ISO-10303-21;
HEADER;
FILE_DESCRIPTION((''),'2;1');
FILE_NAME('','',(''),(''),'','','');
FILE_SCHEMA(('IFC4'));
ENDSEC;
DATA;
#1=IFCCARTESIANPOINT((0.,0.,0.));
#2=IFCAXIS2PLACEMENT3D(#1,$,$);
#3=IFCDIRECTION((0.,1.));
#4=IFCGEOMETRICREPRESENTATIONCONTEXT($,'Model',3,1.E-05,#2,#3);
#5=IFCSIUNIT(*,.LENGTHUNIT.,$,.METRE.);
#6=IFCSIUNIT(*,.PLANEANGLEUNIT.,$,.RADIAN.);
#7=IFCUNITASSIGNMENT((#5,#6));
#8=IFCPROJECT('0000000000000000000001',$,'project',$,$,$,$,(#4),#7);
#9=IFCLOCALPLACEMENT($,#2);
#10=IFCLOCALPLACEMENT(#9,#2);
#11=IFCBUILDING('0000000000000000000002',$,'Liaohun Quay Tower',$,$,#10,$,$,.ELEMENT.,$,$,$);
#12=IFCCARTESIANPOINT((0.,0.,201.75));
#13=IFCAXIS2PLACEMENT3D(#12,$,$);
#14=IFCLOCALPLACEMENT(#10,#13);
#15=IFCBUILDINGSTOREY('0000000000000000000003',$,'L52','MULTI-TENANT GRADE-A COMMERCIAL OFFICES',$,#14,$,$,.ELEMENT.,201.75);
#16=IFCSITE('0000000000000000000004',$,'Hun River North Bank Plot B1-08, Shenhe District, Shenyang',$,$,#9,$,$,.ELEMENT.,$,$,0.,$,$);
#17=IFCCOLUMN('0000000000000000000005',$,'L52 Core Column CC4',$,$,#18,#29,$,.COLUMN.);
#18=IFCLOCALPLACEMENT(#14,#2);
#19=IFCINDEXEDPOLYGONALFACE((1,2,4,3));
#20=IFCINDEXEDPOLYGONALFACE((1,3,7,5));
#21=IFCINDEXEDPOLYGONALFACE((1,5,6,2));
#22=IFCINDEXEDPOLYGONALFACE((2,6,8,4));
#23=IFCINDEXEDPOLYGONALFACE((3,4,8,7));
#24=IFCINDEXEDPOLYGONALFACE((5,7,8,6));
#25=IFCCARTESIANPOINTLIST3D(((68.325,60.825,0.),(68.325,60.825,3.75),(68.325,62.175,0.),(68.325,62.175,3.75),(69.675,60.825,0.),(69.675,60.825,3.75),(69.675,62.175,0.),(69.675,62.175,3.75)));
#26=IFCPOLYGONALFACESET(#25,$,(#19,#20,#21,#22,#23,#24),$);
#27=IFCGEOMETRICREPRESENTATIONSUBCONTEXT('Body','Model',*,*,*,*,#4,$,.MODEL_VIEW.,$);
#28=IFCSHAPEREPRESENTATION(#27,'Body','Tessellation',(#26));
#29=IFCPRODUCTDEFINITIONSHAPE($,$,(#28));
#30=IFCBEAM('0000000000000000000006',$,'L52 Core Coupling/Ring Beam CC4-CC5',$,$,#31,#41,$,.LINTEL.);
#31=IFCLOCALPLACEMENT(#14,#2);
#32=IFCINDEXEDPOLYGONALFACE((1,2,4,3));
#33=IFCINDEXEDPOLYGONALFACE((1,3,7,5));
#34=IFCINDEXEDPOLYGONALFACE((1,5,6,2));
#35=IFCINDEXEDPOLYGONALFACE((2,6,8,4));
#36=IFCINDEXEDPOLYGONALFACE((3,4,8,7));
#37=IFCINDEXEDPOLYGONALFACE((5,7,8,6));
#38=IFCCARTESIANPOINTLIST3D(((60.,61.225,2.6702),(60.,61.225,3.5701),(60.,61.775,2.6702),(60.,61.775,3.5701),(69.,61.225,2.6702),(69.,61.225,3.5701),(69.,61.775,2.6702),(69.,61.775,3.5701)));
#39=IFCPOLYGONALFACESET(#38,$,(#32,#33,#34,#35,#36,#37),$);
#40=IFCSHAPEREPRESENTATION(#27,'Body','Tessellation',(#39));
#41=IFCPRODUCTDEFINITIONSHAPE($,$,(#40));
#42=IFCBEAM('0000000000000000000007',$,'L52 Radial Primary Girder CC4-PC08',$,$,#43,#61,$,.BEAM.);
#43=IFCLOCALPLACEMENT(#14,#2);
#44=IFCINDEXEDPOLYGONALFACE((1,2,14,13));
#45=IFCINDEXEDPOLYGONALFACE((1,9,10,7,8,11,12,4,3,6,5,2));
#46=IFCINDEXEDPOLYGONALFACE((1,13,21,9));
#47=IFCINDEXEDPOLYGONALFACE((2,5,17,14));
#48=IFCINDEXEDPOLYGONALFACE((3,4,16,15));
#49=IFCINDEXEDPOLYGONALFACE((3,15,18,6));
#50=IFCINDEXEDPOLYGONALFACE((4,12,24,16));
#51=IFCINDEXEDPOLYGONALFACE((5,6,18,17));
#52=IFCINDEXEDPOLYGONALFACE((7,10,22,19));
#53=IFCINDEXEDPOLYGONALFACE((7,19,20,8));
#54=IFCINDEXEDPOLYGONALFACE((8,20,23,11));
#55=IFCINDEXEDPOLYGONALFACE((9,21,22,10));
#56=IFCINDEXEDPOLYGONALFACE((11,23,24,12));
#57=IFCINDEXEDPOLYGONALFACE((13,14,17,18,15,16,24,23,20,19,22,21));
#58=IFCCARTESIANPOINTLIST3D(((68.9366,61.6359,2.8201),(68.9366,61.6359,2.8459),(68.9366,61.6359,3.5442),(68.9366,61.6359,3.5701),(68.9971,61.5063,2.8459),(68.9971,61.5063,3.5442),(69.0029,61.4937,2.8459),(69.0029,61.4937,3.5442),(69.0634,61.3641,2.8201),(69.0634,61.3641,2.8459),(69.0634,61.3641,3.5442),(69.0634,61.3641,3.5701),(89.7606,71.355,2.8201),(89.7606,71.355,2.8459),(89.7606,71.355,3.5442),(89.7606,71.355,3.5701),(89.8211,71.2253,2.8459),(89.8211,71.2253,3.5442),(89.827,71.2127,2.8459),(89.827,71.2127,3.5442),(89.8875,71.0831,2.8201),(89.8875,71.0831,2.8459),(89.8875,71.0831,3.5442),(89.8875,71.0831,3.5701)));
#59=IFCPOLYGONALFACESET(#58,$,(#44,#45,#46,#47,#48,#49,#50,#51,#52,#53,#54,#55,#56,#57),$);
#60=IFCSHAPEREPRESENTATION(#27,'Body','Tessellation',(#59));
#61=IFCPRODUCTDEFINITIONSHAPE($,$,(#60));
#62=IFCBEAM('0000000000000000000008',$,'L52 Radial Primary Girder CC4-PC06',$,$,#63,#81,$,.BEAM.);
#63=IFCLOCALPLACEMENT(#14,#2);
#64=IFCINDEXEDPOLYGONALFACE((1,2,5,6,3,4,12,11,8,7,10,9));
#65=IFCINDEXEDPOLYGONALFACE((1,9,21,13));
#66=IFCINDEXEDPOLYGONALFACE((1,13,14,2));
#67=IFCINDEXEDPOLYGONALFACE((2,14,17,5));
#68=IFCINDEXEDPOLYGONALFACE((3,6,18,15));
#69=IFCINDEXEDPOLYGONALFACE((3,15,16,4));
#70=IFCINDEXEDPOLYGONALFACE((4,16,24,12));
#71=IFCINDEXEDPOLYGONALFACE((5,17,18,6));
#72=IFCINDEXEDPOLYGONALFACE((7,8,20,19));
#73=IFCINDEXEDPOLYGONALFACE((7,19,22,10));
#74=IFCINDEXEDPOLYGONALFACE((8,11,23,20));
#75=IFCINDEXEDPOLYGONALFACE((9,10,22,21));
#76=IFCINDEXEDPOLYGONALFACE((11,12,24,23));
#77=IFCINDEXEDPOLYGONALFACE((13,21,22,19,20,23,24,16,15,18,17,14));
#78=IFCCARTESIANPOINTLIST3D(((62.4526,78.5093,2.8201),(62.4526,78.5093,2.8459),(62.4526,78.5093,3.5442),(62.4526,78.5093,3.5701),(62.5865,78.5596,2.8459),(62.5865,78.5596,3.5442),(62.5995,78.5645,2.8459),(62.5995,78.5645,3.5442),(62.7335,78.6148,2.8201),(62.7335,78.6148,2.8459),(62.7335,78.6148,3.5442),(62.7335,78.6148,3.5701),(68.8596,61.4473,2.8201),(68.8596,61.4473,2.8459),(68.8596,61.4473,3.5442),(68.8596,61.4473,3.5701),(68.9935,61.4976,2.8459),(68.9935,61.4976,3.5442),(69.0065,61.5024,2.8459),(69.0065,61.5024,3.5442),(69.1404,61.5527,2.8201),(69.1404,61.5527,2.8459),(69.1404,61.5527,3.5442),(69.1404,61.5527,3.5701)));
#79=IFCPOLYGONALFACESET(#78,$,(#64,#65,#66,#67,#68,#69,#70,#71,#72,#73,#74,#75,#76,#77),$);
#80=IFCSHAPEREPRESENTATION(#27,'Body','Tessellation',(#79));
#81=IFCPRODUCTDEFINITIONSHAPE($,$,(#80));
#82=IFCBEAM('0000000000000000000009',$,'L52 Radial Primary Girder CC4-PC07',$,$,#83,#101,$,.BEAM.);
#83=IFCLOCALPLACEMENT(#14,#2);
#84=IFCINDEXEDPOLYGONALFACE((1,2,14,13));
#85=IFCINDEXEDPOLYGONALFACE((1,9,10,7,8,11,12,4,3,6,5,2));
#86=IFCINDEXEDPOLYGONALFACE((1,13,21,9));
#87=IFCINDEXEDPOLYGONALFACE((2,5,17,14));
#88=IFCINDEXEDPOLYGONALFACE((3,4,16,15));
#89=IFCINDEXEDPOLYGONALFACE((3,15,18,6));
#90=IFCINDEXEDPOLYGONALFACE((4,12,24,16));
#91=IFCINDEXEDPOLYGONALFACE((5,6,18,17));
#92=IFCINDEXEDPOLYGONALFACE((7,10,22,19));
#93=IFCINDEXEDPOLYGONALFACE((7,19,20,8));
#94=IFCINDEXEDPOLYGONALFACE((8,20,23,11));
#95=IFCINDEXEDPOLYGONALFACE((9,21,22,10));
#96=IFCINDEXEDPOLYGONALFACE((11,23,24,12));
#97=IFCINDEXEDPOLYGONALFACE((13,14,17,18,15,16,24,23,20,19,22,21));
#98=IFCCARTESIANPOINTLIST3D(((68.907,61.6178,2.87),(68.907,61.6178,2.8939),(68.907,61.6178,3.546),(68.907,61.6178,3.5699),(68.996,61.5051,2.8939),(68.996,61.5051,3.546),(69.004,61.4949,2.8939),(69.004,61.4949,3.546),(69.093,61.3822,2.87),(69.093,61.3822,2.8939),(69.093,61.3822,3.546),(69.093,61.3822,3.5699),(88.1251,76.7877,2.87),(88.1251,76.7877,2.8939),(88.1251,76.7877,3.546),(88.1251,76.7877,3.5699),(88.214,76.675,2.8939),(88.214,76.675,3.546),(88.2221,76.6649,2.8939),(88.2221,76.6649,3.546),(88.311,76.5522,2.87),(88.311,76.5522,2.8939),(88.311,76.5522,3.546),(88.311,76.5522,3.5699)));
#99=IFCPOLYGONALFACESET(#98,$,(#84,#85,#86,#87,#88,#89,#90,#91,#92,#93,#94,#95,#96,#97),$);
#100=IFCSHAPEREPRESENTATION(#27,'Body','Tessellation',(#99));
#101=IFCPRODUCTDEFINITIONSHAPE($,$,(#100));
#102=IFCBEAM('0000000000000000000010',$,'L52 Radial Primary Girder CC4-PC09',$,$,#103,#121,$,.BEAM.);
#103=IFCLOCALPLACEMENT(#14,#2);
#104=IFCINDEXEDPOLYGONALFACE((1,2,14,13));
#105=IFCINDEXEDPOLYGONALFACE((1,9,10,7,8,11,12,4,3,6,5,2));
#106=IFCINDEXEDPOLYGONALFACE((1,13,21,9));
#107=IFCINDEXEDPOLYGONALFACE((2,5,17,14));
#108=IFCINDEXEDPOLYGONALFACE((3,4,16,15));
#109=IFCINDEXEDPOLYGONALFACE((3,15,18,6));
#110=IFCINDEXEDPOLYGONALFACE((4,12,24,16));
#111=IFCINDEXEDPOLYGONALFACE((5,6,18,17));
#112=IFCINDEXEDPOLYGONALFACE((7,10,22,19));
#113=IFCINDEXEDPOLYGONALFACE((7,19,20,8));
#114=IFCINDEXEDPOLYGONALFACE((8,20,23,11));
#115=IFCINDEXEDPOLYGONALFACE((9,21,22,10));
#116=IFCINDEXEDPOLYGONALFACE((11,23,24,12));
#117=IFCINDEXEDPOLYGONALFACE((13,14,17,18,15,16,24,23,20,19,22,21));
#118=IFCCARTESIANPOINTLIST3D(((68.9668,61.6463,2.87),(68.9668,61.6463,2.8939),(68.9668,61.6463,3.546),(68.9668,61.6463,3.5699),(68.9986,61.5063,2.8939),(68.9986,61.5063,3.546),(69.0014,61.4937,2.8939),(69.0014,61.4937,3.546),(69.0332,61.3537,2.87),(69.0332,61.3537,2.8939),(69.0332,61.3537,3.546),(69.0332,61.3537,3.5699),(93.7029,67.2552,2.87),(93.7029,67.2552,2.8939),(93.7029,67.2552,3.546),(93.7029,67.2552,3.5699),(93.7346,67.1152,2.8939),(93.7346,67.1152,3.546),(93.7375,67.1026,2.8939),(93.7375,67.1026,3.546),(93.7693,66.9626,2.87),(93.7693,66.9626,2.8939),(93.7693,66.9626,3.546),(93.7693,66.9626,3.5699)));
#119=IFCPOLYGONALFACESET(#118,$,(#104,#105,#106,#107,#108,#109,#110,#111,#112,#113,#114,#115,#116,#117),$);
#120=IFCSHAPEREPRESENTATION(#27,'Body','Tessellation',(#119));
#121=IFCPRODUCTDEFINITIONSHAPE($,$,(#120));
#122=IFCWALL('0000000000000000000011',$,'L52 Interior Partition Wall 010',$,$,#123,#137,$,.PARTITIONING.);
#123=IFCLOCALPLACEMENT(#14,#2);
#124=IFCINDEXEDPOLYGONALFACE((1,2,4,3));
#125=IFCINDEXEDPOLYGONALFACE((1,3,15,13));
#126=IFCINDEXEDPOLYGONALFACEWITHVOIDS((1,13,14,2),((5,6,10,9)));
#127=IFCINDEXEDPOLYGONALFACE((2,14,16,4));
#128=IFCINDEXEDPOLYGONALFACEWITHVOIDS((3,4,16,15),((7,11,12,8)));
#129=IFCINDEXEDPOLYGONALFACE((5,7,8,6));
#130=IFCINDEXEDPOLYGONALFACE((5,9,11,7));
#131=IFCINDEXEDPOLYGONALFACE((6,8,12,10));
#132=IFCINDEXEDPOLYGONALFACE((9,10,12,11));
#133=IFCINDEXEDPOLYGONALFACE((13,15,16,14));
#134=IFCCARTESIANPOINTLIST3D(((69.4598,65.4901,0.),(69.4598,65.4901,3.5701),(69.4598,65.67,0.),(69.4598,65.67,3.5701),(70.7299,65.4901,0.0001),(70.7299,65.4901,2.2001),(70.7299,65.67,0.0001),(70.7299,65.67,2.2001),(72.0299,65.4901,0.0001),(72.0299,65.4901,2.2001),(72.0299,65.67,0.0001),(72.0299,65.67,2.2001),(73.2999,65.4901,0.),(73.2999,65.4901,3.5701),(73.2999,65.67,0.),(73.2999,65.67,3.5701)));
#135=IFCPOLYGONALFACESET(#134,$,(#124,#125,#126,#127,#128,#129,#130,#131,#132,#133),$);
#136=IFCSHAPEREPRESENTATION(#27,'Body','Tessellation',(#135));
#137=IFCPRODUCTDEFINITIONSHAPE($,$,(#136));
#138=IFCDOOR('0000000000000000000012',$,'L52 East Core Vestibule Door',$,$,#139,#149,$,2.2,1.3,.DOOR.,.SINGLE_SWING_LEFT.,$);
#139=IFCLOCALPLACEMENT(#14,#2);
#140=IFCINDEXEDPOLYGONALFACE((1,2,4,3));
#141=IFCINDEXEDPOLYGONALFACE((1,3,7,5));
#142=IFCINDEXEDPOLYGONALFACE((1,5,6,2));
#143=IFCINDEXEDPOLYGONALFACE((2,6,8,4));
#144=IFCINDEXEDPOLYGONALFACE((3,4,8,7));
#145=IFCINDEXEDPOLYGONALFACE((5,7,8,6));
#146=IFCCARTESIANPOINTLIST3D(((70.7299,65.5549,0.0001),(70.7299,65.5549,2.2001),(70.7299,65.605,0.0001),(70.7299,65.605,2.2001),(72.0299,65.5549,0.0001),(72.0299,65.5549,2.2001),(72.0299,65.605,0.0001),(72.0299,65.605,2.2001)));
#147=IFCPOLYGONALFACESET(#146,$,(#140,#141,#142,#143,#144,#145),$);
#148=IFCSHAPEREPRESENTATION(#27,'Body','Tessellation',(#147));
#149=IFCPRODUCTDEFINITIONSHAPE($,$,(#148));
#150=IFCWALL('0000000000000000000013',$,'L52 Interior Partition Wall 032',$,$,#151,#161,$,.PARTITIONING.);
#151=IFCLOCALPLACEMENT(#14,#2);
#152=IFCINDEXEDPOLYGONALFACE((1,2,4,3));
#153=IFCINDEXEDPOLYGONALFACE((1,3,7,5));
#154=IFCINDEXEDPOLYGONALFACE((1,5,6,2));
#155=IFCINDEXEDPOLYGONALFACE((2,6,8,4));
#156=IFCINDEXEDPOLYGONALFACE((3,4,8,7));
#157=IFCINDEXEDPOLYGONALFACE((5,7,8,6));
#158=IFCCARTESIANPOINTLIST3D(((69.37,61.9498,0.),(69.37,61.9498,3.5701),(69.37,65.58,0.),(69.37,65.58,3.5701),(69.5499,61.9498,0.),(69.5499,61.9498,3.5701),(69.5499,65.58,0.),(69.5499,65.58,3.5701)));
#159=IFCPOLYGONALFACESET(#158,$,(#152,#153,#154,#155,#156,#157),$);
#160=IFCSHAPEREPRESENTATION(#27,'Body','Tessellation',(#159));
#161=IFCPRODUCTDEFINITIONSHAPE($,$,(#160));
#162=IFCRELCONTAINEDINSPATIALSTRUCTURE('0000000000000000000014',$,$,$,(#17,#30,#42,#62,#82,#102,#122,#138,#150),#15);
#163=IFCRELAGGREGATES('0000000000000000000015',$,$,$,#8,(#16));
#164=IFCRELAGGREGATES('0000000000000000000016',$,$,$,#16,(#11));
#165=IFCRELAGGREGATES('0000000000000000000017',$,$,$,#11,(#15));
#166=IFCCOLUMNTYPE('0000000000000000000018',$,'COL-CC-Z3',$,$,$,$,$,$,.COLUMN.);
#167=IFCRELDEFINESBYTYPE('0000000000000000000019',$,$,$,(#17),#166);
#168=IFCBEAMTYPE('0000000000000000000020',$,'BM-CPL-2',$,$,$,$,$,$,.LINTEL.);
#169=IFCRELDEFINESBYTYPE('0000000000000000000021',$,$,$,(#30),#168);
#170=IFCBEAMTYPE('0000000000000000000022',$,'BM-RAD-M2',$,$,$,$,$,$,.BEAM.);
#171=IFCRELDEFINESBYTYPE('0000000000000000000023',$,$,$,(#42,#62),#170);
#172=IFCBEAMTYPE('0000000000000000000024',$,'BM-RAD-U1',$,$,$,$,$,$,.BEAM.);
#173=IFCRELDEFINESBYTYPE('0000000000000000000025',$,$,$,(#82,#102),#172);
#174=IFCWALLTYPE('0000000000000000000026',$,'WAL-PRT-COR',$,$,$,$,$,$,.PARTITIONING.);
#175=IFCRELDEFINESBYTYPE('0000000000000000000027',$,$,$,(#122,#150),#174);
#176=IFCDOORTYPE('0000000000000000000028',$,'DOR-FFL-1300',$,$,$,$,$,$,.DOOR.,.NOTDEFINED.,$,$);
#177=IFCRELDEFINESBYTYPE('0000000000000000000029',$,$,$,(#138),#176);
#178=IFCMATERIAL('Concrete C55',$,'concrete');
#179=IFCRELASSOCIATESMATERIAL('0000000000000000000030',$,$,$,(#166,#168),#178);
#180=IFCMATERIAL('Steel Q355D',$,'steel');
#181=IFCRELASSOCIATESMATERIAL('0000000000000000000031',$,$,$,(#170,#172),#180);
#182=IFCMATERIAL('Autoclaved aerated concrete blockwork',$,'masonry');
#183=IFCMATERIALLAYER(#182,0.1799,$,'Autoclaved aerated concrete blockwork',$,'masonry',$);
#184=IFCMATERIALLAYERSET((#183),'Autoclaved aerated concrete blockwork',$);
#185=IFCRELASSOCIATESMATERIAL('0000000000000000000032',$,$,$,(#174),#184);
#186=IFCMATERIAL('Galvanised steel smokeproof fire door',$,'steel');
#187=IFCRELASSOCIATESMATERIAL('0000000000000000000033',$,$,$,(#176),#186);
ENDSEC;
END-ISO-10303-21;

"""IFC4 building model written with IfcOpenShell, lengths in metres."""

from ifc_helpers import new_model, si_unit, direction, frame, frame_2d, origin, origin_2d, place, context, subcontext, project, spatial, rectangle, i_section, extrude, source, transform, mapped, material, layer, layer_set, material_profile, profile_set, type_object, element, fill, save


model = new_model("IFC4")

# Units and contexts
model_context = context("Model", 3, precision=1e-05, world=origin(), true_north=direction((0.0, 1.0)))
body_context = subcontext(model_context, "Body", "Model", "MODEL_VIEW")
ifc_project = project(units=[si_unit("LENGTHUNIT", "METRE"), si_unit("PLANEANGLEUNIT", "RADIAN")], contexts=[model_context])

# Site, building, storey
site_placement = place(None, origin())
site = spatial("IfcSite", under=ifc_project, at=site_placement, Name="Hun River North Bank Plot B1-08, Shenhe District, Shenyang", CompositionType="ELEMENT", RefElevation=0.0)
building_placement = place(site_placement, origin())
building = spatial("IfcBuilding", under=site, at=building_placement, Name="Liaohun Quay Tower", CompositionType="ELEMENT")
storey_placement = place(building_placement, frame((0.0, 0.0, 201.75)))
storey = spatial("IfcBuildingStorey", under=building, at=storey_placement, Name="L52", Description="MULTI-TENANT GRADE-A COMMERCIAL OFFICES", CompositionType="ELEMENT", Elevation=201.75)

# Column
ifc_material_1 = material(Name="Concrete C55", Category="concrete")
ifc_material_profile_1 = material_profile(ifc_material_1, rectangle(XDim=1.3501, YDim=1.3501, at=origin_2d()), Name="RC1350x1350")
ifc_profile_set_1 = profile_set([ifc_material_profile_1], Name="Concrete C55")
column_type = type_object("IfcColumnType", Name="COL-CC-Z3", PredefinedType="COLUMN", material=ifc_profile_set_1)
shared_shape_1 = source(origin(), body_context, "Body", "SweptSolid", [
    extrude(rectangle(XDim=1.3501, YDim=1.3501, at=origin_2d()), origin(), (0.0, 0.0, 1.0), 3.75),
])
column_placement = place(storey_placement, frame((69.0, 61.5, 0.0), z_axis=(0.0, 0.0, 1.0), x_axis=(1.0, 0.0, 0.0)))
element("IfcColumn", 1, at=column_placement, inside=storey, type_object=column_type, Name="L52 Core Column CC4", PredefinedType="COLUMN", context=body_context, shape_type="MappedRepresentation", body=[
    mapped(shared_shape_1, transform((0.0, 0.0, 0.0), x_axis=(1.0, 0.0, 0.0), y_axis=(0.0, 1.0, 0.0), z_axis=(0.0, 0.0, 1.0), scale=1.0)),
])

# Beams
ifc_material_profile_2 = material_profile(ifc_material_1, rectangle(XDim=0.55, YDim=0.8999, at=origin_2d()), Name="RC550x900")
ifc_profile_set_2 = profile_set([ifc_material_profile_2], Name="Concrete C55")
beam_type_1 = type_object("IfcBeamType", Name="BM-CPL-2", PredefinedType="LINTEL", material=ifc_profile_set_2)
shared_shape_2 = source(origin(), body_context, "Body", "SweptSolid", [
    extrude(rectangle(XDim=0.55, YDim=0.8999, at=origin_2d()), origin(), (0.0, 0.0, 1.0), 9.0),
])
beam_1_placement = place(storey_placement, frame((69.0, 61.5, 3.1201), z_axis=(-1.0, 0.0, 0.0), x_axis=(0.0, -1.0, 0.0)))
element("IfcBeam", 2, at=beam_1_placement, inside=storey, type_object=beam_type_1, Name="L52 Core Coupling/Ring Beam CC4-CC5", PredefinedType="LINTEL", context=body_context, shape_type="MappedRepresentation", body=[
    mapped(shared_shape_2, transform((0.0, 0.0, 0.0), x_axis=(1.0, 0.0, 0.0), y_axis=(0.0, 1.0, 0.0), z_axis=(0.0, 0.0, 1.0), scale=1.0)),
])
ifc_material_2 = material(Name="Steel Q355D", Category="steel")
ifc_material_profile_3 = material_profile(ifc_material_2, i_section(OverallWidth=0.3, OverallDepth=0.75, WebThickness=0.0139, FlangeThickness=0.0259, at=origin_2d()), Name="HN750x300x14x26")
ifc_profile_set_3 = profile_set([ifc_material_profile_3], Name="Steel Q355D")
beam_type_2 = type_object("IfcBeamType", Name="BM-RAD-M2", PredefinedType="BEAM", material=ifc_profile_set_3)
shared_shape_3 = source(origin(), body_context, "Body", "SweptSolid", [
    extrude(i_section(OverallWidth=0.3, OverallDepth=0.75, WebThickness=0.0139, FlangeThickness=0.0259, at=origin_2d()), origin(), (0.0, 0.0, 1.0), 22.9805),
])
beam_2_placement = place(storey_placement, frame((69.0, 61.5, 3.1951), z_axis=(0.906164, 0.422926, 0.0), x_axis=(-0.422926, 0.906164, 0.0)))
element("IfcBeam", 3, at=beam_2_placement, inside=storey, type_object=beam_type_2, Name="L52 Radial Primary Girder CC4-PC08", PredefinedType="BEAM", context=body_context, shape_type="MappedRepresentation", body=[
    mapped(shared_shape_3, transform((0.0, 0.0, 0.0), x_axis=(1.0, 0.0, 0.0), y_axis=(0.0, 1.0, 0.0), z_axis=(0.0, 0.0, 1.0), scale=1.0)),
])
shared_shape_4 = source(origin(), body_context, "Body", "SweptSolid", [
    extrude(i_section(OverallWidth=0.3, OverallDepth=0.75, WebThickness=0.0139, FlangeThickness=0.0259, at=origin_2d()), origin(), (0.0, 0.0, 1.0), 18.2253),
])
beam_3_placement = place(storey_placement, frame((69.0, 61.5, 3.1951), z_axis=(-0.351543, 0.936172, 0.0), x_axis=(-0.936172, -0.351543, 0.0)))
element("IfcBeam", 4, at=beam_3_placement, inside=storey, type_object=beam_type_2, Name="L52 Radial Primary Girder CC4-PC06", PredefinedType="BEAM", context=body_context, shape_type="MappedRepresentation", body=[
    mapped(shared_shape_4, transform((0.0, 0.0, 0.0), x_axis=(1.0, 0.0, 0.0), y_axis=(0.0, 1.0, 0.0), z_axis=(0.0, 0.0, 1.0), scale=1.0)),
])
ifc_material_profile_4 = material_profile(ifc_material_2, i_section(OverallWidth=0.3, OverallDepth=0.7, WebThickness=0.0129, FlangeThickness=0.0239, at=origin_2d()), Name="HN700x300x13x24")
ifc_profile_set_4 = profile_set([ifc_material_profile_4], Name="Steel Q355D")
beam_type_3 = type_object("IfcBeamType", Name="BM-RAD-U1", PredefinedType="BEAM", material=ifc_profile_set_4)
shared_shape_5 = source(origin(), body_context, "Body", "SweptSolid", [
    extrude(i_section(OverallWidth=0.3, OverallDepth=0.7, WebThickness=0.0129, FlangeThickness=0.0239, at=origin_2d()), origin(), (0.0, 0.0, 1.0), 24.4839),
])
beam_4_placement = place(storey_placement, frame((69.0, 61.5, 3.22), z_axis=(0.784926, 0.619589, 0.0), x_axis=(-0.619589, 0.784926, 0.0)))
element("IfcBeam", 5, at=beam_4_placement, inside=storey, type_object=beam_type_3, Name="L52 Radial Primary Girder CC4-PC07", PredefinedType="BEAM", context=body_context, shape_type="MappedRepresentation", body=[
    mapped(shared_shape_5, transform((0.0, 0.0, 0.0), x_axis=(1.0, 0.0, 0.0), y_axis=(0.0, 1.0, 0.0), z_axis=(0.0, 0.0, 1.0), scale=1.0)),
])
shared_shape_6 = source(origin(), body_context, "Body", "SweptSolid", [
    extrude(i_section(OverallWidth=0.3, OverallDepth=0.7, WebThickness=0.0129, FlangeThickness=0.0239, at=origin_2d()), origin(), (0.0, 0.0, 1.0), 25.364),
])
beam_5_placement = place(storey_placement, frame((69.0, 61.5, 3.22), z_axis=(0.975243, 0.221136, 0.0), x_axis=(-0.221136, 0.975243, 0.0)))
element("IfcBeam", 6, at=beam_5_placement, inside=storey, type_object=beam_type_3, Name="L52 Radial Primary Girder CC4-PC09", PredefinedType="BEAM", context=body_context, shape_type="MappedRepresentation", body=[
    mapped(shared_shape_6, transform((0.0, 0.0, 0.0), x_axis=(1.0, 0.0, 0.0), y_axis=(0.0, 1.0, 0.0), z_axis=(0.0, 0.0, 1.0), scale=1.0)),
])

# Wall, opening, door
ifc_material_3 = material(Name="Autoclaved aerated concrete blockwork", Category="masonry")
ifc_layer_1 = layer(ifc_material_3, 0.1799, Name="Autoclaved aerated concrete blockwork", Category="masonry")
ifc_layer_set_1 = layer_set([ifc_layer_1], Name="Autoclaved aerated concrete blockwork")
wall_type_1 = type_object("IfcWallType", Name="WAL-PRT-COR", PredefinedType="PARTITIONING", material=ifc_layer_set_1)
wall_1_placement = place(storey_placement, frame((69.46, 65.5801, 0.0), z_axis=(0.0, 0.0, 1.0), x_axis=(1.0, 0.0, 0.0)))
wall_1 = element("IfcWall", 7, at=wall_1_placement, inside=storey, type_object=wall_type_1, Name="L52 Interior Partition Wall 010", PredefinedType="PARTITIONING", context=body_context, shape_type="SweptSolid", body=[
    extrude(rectangle(XDim=3.8401, YDim=0.1799, at=frame_2d((1.9199, 0.0))), origin(), (0.0, 0.0, 1.0), 3.5701),
])
shared_shape_7 = source(origin(), body_context, "Body", "SweptSolid", [
    extrude(rectangle(XDim=1.3, YDim=2.2, at=frame_2d((0.6499, 1.1001))), frame((0.0, 0.0999, 0.0), z_axis=(0.0, -1.0, 0.0), x_axis=(1.0, 0.0, 0.0)), (0.0, 0.0, 1.0), 0.2),
])
opening_1_placement = place(wall_1_placement, frame((1.27, 0.0, 0.0)))
opening_1 = element("IfcOpeningElement", 8, at=opening_1_placement, cuts=wall_1, PredefinedType="OPENING", context=body_context, shape_type="MappedRepresentation", body=[
    mapped(shared_shape_7, transform((0.0, 0.0, 0.0), x_axis=(1.0, 0.0, 0.0), y_axis=(0.0, 1.0, 0.0), z_axis=(0.0, 0.0, 1.0), scale=1.0)),
])
ifc_material_4 = material(Name="Galvanised steel smokeproof fire door", Category="steel")
door_type_1 = type_object("IfcDoorType", Name="DOR-FFL-1300", OperationType="NOTDEFINED", PredefinedType="DOOR", material=ifc_material_4)
shared_shape_8 = source(origin(), body_context, "Body", "SweptSolid", [
    extrude(rectangle(XDim=1.3, YDim=2.2, at=frame_2d((0.6499, 1.1001))), frame((0.0, 0.0249, 0.0), z_axis=(0.0, -1.0, 0.0), x_axis=(1.0, 0.0, 0.0)), (0.0, 0.0, 1.0), 0.05),
])
door_1_placement = place(opening_1_placement, origin())
door_1 = element("IfcDoor", 9, at=door_1_placement, inside=storey, type_object=door_type_1, Name="L52 East Core Vestibule Door", OperationType="SINGLE_SWING_LEFT", OverallHeight=2.2, OverallWidth=1.3, PredefinedType="DOOR", context=body_context, shape_type="MappedRepresentation", body=[
    mapped(shared_shape_8, transform((0.0, 0.0, 0.0), x_axis=(1.0, 0.0, 0.0), y_axis=(0.0, 1.0, 0.0), z_axis=(0.0, 0.0, 1.0), scale=1.0)),
])
fill(opening_1, door_1)

# Wall
wall_2_placement = place(storey_placement, frame((69.46, 61.95, 0.0), z_axis=(0.0, 0.0, 1.0), x_axis=(0.0, 1.0, 0.0)))
element("IfcWall", 10, at=wall_2_placement, inside=storey, type_object=wall_type_1, Name="L52 Interior Partition Wall 032", PredefinedType="PARTITIONING", context=body_context, shape_type="SweptSolid", body=[
    extrude(rectangle(XDim=3.6301, YDim=0.1799, at=frame_2d((1.8149, 0.0))), origin(), (0.0, 0.0, 1.0), 3.5701),
])

save(model, "model.ifc")
